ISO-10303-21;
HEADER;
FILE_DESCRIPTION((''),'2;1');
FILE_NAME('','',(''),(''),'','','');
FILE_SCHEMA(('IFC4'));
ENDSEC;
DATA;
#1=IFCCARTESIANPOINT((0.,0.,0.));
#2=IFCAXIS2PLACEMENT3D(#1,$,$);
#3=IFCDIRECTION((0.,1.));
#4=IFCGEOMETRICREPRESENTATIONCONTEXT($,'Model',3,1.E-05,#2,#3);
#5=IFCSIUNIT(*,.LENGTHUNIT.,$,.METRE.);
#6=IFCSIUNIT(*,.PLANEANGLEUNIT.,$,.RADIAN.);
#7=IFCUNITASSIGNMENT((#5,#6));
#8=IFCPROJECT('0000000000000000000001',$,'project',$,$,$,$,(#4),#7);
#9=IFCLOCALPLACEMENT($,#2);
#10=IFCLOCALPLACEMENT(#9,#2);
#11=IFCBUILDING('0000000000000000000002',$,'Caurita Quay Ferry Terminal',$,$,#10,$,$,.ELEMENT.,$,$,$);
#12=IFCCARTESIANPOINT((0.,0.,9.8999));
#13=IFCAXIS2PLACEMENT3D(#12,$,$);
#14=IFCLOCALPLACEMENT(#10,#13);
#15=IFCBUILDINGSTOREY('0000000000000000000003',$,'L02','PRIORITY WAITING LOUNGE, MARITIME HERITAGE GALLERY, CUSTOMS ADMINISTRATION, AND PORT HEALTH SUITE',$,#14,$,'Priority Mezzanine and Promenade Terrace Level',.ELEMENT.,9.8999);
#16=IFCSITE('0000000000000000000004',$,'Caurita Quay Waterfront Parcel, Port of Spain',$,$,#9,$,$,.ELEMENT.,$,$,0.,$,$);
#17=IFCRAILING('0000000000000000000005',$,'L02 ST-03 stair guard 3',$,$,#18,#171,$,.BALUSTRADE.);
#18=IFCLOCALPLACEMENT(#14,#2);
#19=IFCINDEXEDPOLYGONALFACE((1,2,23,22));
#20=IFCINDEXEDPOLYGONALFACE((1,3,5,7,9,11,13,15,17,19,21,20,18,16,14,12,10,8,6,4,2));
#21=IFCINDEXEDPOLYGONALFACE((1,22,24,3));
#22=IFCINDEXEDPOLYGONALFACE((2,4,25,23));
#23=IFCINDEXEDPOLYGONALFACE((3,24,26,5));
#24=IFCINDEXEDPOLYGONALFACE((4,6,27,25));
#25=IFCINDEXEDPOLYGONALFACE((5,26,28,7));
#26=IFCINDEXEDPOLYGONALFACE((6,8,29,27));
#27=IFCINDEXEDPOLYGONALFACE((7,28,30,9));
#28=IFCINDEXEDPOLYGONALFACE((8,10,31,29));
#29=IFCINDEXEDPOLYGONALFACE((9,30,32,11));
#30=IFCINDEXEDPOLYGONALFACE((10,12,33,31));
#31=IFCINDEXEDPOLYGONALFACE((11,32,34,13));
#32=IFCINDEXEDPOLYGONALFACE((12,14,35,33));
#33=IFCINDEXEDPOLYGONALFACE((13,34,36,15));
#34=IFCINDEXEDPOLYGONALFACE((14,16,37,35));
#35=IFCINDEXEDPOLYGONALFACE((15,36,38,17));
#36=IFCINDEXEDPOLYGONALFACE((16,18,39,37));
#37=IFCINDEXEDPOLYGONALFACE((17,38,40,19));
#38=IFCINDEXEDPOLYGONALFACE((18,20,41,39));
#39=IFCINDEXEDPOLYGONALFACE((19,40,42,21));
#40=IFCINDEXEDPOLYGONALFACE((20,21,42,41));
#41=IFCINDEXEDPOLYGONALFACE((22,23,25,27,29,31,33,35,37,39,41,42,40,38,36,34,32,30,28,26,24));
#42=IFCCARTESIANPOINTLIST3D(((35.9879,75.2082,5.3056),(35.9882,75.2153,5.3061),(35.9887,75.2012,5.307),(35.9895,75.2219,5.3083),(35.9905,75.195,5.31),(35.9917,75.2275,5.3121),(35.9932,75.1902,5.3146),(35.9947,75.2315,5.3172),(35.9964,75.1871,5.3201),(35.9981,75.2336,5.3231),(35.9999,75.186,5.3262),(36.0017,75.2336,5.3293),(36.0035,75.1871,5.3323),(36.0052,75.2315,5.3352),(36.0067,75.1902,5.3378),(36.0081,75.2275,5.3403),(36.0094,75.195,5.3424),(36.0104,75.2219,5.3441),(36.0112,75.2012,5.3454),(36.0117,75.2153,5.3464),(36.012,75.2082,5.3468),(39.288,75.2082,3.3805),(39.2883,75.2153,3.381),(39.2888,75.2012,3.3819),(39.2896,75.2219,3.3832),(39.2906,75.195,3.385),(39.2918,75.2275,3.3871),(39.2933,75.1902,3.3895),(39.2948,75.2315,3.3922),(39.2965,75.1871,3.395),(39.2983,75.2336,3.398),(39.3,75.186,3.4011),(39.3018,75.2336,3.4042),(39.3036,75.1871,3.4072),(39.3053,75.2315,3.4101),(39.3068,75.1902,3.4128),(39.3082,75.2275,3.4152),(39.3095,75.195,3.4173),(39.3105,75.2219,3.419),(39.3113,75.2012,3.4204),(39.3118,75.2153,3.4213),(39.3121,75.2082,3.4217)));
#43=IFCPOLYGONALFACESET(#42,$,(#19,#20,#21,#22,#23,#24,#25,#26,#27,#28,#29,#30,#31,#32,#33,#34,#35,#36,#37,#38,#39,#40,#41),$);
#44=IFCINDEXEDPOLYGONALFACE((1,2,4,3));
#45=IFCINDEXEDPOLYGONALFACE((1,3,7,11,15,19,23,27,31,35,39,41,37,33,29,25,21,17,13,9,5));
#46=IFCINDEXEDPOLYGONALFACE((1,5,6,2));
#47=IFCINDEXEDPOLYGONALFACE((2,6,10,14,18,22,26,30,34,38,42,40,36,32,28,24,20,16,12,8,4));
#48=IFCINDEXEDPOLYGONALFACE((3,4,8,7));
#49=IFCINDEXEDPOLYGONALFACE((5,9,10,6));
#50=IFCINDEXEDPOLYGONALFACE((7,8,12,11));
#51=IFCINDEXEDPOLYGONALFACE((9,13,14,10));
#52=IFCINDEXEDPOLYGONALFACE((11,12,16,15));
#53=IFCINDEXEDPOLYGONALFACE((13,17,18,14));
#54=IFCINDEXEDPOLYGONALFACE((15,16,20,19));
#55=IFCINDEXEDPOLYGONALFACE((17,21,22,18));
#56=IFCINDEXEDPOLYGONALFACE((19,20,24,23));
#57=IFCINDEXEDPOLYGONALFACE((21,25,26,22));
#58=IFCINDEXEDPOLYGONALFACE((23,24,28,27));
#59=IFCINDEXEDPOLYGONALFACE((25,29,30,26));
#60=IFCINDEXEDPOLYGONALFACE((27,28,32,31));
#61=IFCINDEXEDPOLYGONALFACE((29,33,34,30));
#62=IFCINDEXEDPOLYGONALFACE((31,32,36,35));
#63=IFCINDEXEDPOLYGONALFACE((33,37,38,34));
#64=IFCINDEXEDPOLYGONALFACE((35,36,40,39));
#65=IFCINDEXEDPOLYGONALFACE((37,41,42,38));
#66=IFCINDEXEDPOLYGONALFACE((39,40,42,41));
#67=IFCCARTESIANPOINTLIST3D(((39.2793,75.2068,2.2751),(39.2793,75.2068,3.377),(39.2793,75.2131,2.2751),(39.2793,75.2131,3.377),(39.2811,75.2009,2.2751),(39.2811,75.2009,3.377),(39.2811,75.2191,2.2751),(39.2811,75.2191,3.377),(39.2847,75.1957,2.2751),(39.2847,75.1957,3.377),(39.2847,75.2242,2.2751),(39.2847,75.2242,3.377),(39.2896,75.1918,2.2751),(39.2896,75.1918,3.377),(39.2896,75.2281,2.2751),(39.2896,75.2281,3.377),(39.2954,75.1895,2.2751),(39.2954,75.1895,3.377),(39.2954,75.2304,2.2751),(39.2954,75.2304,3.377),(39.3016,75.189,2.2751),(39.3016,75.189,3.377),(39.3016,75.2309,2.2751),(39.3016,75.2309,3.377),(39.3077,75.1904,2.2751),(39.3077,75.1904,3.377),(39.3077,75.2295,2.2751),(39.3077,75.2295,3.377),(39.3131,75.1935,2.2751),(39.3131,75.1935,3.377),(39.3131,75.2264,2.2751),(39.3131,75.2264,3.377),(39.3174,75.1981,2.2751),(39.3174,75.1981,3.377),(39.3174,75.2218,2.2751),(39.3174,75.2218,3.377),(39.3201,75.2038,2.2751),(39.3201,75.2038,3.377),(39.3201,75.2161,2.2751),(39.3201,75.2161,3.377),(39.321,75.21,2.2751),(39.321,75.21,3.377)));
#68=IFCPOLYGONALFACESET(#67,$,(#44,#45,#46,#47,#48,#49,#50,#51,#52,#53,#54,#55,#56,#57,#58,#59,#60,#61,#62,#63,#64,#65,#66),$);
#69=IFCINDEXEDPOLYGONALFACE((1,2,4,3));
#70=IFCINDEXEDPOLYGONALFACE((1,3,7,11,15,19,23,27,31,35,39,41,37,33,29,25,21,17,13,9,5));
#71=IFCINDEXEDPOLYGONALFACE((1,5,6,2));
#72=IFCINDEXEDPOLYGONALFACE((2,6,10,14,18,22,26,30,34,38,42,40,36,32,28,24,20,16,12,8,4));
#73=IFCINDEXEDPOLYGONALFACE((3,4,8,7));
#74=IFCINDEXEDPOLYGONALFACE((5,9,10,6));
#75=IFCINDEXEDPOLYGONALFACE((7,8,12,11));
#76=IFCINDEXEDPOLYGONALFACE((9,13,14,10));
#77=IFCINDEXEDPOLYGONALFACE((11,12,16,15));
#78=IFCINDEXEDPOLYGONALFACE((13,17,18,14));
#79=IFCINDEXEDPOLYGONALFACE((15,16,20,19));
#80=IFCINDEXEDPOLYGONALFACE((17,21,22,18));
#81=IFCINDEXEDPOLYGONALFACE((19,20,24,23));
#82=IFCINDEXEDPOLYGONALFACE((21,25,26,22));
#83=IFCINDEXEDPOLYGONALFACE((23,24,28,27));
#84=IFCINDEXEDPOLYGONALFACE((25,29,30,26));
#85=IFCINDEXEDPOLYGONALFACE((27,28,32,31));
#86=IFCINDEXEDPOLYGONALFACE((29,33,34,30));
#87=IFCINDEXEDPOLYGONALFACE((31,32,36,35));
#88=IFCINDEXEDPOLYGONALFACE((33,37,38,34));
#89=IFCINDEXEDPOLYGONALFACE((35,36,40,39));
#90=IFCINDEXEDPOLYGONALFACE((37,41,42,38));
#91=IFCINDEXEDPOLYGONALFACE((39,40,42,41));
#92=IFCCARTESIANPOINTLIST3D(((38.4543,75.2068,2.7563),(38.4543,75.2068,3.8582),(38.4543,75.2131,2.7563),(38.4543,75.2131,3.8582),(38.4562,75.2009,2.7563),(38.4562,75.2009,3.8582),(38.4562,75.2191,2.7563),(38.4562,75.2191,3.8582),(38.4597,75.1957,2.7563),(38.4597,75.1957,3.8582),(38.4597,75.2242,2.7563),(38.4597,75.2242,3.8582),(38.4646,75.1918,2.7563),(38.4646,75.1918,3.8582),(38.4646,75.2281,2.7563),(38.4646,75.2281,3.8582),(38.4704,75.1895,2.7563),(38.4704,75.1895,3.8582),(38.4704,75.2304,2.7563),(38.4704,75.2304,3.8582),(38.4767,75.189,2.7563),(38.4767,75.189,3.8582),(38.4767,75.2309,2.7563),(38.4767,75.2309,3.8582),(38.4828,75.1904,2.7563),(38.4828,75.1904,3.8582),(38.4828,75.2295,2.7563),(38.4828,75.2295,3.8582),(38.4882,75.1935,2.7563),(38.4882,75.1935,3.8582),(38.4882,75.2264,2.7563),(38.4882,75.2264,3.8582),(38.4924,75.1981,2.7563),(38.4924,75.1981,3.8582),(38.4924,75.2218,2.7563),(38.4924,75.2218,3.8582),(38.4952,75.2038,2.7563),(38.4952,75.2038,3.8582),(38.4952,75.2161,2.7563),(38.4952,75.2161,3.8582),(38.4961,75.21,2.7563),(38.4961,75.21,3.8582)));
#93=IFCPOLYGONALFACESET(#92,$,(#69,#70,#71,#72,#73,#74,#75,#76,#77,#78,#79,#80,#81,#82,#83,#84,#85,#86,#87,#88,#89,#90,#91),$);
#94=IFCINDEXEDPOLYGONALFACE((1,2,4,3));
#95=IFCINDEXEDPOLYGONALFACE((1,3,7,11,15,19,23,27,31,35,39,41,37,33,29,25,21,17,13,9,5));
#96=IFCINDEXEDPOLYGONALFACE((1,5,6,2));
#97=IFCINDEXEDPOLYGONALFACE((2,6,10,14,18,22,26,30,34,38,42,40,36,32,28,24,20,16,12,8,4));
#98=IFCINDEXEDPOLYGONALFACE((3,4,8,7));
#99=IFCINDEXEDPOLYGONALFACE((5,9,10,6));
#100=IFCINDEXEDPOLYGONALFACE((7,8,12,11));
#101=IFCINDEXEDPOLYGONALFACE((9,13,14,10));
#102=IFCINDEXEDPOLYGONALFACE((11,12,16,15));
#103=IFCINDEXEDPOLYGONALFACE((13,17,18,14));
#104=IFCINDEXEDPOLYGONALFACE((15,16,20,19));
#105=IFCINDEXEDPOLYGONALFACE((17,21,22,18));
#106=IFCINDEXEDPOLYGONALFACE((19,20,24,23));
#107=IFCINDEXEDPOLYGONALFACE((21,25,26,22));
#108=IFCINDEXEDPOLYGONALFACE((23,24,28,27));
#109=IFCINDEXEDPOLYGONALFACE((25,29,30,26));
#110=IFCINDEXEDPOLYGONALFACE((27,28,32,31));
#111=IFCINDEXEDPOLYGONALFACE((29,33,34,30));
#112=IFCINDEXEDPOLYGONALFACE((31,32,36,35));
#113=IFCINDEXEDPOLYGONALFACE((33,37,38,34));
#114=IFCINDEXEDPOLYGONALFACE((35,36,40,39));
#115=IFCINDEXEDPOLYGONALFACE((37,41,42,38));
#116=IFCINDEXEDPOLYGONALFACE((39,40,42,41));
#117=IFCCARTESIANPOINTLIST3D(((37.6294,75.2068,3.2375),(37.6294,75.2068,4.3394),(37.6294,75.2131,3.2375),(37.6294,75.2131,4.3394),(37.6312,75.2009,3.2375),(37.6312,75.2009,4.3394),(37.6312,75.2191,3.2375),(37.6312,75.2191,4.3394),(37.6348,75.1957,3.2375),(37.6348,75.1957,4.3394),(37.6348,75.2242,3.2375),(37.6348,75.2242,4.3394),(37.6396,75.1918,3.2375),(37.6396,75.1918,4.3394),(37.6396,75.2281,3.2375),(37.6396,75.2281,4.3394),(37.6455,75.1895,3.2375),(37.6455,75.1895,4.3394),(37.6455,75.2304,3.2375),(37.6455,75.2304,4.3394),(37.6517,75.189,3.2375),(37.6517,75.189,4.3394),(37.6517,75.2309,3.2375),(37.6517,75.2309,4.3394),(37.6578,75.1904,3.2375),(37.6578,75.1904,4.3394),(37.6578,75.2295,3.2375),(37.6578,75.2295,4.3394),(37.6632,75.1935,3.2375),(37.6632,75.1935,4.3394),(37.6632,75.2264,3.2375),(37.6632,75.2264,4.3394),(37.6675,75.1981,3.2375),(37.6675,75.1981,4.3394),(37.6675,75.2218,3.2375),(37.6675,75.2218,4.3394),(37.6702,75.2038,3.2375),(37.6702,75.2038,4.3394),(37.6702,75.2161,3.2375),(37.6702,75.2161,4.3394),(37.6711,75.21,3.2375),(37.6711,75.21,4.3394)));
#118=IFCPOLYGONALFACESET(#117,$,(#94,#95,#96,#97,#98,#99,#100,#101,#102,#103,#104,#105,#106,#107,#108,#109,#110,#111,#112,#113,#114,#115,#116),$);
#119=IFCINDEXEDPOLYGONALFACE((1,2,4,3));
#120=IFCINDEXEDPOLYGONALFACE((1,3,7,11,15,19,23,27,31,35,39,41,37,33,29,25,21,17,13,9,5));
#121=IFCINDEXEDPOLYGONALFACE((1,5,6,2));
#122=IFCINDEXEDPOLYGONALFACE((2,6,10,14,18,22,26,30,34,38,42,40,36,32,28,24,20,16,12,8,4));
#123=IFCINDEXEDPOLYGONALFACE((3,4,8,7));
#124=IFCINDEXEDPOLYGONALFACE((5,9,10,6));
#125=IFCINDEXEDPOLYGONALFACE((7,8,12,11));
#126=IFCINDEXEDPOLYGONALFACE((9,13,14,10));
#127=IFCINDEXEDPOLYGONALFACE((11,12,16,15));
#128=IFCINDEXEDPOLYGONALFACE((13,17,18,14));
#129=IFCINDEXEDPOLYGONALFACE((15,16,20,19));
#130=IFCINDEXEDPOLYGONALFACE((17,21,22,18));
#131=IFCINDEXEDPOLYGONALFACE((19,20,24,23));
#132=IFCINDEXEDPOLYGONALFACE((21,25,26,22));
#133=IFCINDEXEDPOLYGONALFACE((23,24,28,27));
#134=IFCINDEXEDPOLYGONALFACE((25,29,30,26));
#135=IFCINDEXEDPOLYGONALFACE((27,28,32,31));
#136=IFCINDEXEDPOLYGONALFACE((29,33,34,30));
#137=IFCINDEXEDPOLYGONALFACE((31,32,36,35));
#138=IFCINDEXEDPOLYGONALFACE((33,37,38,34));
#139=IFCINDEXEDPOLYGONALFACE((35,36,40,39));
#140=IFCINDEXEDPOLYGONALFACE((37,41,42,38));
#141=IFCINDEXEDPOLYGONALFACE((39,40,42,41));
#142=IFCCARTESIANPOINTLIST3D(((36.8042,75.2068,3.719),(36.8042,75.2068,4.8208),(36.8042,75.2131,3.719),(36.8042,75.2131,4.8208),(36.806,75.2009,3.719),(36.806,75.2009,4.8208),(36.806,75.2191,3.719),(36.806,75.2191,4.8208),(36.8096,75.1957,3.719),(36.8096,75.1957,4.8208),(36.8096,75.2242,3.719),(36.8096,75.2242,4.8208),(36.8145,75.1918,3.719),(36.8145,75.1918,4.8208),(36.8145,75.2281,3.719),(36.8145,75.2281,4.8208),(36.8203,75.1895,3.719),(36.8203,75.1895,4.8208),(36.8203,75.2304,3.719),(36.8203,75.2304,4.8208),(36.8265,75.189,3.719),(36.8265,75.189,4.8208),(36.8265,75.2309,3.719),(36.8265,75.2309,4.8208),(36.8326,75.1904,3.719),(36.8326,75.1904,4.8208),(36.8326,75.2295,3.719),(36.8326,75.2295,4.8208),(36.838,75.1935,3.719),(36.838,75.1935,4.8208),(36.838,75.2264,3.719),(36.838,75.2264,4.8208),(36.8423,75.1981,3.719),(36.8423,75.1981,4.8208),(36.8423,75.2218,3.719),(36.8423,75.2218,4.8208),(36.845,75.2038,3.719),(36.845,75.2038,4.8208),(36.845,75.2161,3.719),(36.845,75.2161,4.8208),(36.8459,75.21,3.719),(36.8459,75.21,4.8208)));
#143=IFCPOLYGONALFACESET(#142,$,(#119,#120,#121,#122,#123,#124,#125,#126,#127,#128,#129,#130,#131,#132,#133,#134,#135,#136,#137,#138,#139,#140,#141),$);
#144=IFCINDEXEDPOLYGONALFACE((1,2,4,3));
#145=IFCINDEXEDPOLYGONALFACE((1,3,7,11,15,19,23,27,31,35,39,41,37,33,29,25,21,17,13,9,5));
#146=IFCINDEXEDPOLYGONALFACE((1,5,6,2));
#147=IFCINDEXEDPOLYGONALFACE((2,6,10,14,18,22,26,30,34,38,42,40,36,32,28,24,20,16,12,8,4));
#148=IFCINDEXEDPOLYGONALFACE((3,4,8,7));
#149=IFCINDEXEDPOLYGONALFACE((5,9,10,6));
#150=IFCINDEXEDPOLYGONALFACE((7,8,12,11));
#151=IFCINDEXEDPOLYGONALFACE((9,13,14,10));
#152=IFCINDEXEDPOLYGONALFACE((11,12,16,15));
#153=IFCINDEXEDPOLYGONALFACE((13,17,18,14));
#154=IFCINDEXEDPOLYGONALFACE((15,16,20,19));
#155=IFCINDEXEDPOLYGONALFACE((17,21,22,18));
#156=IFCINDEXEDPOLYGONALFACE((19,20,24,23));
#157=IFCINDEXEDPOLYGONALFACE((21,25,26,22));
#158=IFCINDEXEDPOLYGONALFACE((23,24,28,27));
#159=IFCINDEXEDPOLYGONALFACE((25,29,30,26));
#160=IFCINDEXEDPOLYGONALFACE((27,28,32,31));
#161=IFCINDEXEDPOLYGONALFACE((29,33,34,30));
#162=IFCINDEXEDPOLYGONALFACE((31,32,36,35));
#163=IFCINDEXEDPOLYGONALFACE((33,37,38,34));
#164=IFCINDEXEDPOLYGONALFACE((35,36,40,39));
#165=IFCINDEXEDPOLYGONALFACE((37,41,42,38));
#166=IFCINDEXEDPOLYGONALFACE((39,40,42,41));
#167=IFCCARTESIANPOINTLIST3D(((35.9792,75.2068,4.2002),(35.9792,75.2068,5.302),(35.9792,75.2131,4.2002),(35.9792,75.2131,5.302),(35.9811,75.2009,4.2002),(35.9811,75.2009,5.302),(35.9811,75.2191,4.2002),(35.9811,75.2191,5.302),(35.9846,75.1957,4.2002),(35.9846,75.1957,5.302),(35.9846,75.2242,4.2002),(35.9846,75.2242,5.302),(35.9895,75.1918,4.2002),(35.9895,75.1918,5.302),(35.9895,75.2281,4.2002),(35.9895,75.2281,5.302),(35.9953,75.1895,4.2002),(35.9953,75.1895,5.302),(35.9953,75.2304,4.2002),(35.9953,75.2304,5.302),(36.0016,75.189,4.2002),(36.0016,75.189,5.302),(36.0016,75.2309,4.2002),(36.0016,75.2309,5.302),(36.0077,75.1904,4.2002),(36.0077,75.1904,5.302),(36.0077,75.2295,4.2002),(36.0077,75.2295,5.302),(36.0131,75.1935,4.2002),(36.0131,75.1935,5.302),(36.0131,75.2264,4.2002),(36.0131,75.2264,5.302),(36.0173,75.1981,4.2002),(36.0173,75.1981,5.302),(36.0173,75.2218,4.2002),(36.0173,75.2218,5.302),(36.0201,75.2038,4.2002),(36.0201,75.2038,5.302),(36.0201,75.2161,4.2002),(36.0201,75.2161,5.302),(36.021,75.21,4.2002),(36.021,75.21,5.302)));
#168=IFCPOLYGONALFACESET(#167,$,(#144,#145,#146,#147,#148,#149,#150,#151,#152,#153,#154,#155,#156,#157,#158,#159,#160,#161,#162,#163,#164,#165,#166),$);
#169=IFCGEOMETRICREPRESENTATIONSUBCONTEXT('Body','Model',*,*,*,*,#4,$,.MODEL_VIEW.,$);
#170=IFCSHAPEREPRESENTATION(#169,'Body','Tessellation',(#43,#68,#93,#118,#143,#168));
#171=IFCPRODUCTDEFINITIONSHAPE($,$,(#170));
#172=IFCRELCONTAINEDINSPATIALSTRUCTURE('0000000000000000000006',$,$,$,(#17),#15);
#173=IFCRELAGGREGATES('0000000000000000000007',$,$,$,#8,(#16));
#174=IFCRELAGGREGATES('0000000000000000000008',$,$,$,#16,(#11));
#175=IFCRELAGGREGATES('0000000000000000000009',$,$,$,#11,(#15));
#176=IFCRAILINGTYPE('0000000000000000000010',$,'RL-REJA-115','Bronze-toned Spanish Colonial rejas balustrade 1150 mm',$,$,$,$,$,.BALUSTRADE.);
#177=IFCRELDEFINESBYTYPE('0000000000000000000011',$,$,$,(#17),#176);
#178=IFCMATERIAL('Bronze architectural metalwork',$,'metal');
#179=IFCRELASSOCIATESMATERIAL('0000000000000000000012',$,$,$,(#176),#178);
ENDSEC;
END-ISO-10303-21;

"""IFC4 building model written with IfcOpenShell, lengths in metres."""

from ifc_helpers import new_model, si_unit, direction, frame, origin, origin_2d, place, context, subcontext, project, spatial, circle, extrude, material, type_object, element, save


model = new_model("IFC4")

# Units and contexts
model_context = context("Model", 3, precision=1e-05, world=origin(), true_north=direction((0.0, 1.0)))
body_context = subcontext(model_context, "Body", "Model", "MODEL_VIEW")
ifc_project = project(units=[si_unit("LENGTHUNIT", "METRE"), si_unit("PLANEANGLEUNIT", "RADIAN")], contexts=[model_context])

# Site, building, storey
site_placement = place(None, origin())
site = spatial("IfcSite", under=ifc_project, at=site_placement, Name="Caurita Quay Waterfront Parcel, Port of Spain", CompositionType="ELEMENT", RefElevation=0.0)
building_placement = place(site_placement, origin())
building = spatial("IfcBuilding", under=site, at=building_placement, Name="Caurita Quay Ferry Terminal", CompositionType="ELEMENT")
storey_placement = place(building_placement, frame((0.0, 0.0, 9.8999)))
storey = spatial("IfcBuildingStorey", under=building, at=storey_placement, Name="L02", Description="PRIORITY WAITING LOUNGE, MARITIME HERITAGE GALLERY, CUSTOMS ADMINISTRATION, AND PORT HEALTH SUITE", LongName="Priority Mezzanine and Promenade Terrace Level", CompositionType="ELEMENT", Elevation=9.8999)

# Railing
ifc_material_1 = material(Name="Bronze architectural metalwork", Category="metal")
railing_type_1 = type_object("IfcRailingType", Name="RL-REJA-115", Description="Bronze-toned Spanish Colonial rejas balustrade 1150 mm", PredefinedType="BALUSTRADE", material=ifc_material_1)
railing_1_placement = place(storey_placement, frame((39.3, 75.21, 2.2751)))
element("IfcRailing", 1, at=railing_1_placement, inside=storey, type_object=railing_type_1, Name="L02 ST-03 stair guard 3", PredefinedType="BALUSTRADE", context=body_context, shape_type="SweptSolid", body=[
    extrude(circle(Radius=0.0239, at=origin_2d()), frame((0.0, 0.0, 1.126), z_axis=(-0.863777, 0.0, 0.503875), x_axis=(0.0, -1.0, 0.0)), (0.0, 0.0, 1.0), 3.8206),
    extrude(circle(Radius=0.021, at=origin_2d()), origin(), (0.0, 0.0, 1.0), 1.1018),
    extrude(circle(Radius=0.021, at=origin_2d()), frame((-0.825, 0.0, 0.4812)), (0.0, 0.0, 1.0), 1.1018),
    extrude(circle(Radius=0.021, at=origin_2d()), frame((-1.6499, 0.0, 0.9624)), (0.0, 0.0, 1.0), 1.1018),
    extrude(circle(Radius=0.021, at=origin_2d()), frame((-2.4751, 0.0, 1.4438)), (0.0, 0.0, 1.0), 1.1018),
    extrude(circle(Radius=0.021, at=origin_2d()), frame((-3.3, 0.0, 1.925)), (0.0, 0.0, 1.0), 1.1018),
])

save(model, "model.ifc")
